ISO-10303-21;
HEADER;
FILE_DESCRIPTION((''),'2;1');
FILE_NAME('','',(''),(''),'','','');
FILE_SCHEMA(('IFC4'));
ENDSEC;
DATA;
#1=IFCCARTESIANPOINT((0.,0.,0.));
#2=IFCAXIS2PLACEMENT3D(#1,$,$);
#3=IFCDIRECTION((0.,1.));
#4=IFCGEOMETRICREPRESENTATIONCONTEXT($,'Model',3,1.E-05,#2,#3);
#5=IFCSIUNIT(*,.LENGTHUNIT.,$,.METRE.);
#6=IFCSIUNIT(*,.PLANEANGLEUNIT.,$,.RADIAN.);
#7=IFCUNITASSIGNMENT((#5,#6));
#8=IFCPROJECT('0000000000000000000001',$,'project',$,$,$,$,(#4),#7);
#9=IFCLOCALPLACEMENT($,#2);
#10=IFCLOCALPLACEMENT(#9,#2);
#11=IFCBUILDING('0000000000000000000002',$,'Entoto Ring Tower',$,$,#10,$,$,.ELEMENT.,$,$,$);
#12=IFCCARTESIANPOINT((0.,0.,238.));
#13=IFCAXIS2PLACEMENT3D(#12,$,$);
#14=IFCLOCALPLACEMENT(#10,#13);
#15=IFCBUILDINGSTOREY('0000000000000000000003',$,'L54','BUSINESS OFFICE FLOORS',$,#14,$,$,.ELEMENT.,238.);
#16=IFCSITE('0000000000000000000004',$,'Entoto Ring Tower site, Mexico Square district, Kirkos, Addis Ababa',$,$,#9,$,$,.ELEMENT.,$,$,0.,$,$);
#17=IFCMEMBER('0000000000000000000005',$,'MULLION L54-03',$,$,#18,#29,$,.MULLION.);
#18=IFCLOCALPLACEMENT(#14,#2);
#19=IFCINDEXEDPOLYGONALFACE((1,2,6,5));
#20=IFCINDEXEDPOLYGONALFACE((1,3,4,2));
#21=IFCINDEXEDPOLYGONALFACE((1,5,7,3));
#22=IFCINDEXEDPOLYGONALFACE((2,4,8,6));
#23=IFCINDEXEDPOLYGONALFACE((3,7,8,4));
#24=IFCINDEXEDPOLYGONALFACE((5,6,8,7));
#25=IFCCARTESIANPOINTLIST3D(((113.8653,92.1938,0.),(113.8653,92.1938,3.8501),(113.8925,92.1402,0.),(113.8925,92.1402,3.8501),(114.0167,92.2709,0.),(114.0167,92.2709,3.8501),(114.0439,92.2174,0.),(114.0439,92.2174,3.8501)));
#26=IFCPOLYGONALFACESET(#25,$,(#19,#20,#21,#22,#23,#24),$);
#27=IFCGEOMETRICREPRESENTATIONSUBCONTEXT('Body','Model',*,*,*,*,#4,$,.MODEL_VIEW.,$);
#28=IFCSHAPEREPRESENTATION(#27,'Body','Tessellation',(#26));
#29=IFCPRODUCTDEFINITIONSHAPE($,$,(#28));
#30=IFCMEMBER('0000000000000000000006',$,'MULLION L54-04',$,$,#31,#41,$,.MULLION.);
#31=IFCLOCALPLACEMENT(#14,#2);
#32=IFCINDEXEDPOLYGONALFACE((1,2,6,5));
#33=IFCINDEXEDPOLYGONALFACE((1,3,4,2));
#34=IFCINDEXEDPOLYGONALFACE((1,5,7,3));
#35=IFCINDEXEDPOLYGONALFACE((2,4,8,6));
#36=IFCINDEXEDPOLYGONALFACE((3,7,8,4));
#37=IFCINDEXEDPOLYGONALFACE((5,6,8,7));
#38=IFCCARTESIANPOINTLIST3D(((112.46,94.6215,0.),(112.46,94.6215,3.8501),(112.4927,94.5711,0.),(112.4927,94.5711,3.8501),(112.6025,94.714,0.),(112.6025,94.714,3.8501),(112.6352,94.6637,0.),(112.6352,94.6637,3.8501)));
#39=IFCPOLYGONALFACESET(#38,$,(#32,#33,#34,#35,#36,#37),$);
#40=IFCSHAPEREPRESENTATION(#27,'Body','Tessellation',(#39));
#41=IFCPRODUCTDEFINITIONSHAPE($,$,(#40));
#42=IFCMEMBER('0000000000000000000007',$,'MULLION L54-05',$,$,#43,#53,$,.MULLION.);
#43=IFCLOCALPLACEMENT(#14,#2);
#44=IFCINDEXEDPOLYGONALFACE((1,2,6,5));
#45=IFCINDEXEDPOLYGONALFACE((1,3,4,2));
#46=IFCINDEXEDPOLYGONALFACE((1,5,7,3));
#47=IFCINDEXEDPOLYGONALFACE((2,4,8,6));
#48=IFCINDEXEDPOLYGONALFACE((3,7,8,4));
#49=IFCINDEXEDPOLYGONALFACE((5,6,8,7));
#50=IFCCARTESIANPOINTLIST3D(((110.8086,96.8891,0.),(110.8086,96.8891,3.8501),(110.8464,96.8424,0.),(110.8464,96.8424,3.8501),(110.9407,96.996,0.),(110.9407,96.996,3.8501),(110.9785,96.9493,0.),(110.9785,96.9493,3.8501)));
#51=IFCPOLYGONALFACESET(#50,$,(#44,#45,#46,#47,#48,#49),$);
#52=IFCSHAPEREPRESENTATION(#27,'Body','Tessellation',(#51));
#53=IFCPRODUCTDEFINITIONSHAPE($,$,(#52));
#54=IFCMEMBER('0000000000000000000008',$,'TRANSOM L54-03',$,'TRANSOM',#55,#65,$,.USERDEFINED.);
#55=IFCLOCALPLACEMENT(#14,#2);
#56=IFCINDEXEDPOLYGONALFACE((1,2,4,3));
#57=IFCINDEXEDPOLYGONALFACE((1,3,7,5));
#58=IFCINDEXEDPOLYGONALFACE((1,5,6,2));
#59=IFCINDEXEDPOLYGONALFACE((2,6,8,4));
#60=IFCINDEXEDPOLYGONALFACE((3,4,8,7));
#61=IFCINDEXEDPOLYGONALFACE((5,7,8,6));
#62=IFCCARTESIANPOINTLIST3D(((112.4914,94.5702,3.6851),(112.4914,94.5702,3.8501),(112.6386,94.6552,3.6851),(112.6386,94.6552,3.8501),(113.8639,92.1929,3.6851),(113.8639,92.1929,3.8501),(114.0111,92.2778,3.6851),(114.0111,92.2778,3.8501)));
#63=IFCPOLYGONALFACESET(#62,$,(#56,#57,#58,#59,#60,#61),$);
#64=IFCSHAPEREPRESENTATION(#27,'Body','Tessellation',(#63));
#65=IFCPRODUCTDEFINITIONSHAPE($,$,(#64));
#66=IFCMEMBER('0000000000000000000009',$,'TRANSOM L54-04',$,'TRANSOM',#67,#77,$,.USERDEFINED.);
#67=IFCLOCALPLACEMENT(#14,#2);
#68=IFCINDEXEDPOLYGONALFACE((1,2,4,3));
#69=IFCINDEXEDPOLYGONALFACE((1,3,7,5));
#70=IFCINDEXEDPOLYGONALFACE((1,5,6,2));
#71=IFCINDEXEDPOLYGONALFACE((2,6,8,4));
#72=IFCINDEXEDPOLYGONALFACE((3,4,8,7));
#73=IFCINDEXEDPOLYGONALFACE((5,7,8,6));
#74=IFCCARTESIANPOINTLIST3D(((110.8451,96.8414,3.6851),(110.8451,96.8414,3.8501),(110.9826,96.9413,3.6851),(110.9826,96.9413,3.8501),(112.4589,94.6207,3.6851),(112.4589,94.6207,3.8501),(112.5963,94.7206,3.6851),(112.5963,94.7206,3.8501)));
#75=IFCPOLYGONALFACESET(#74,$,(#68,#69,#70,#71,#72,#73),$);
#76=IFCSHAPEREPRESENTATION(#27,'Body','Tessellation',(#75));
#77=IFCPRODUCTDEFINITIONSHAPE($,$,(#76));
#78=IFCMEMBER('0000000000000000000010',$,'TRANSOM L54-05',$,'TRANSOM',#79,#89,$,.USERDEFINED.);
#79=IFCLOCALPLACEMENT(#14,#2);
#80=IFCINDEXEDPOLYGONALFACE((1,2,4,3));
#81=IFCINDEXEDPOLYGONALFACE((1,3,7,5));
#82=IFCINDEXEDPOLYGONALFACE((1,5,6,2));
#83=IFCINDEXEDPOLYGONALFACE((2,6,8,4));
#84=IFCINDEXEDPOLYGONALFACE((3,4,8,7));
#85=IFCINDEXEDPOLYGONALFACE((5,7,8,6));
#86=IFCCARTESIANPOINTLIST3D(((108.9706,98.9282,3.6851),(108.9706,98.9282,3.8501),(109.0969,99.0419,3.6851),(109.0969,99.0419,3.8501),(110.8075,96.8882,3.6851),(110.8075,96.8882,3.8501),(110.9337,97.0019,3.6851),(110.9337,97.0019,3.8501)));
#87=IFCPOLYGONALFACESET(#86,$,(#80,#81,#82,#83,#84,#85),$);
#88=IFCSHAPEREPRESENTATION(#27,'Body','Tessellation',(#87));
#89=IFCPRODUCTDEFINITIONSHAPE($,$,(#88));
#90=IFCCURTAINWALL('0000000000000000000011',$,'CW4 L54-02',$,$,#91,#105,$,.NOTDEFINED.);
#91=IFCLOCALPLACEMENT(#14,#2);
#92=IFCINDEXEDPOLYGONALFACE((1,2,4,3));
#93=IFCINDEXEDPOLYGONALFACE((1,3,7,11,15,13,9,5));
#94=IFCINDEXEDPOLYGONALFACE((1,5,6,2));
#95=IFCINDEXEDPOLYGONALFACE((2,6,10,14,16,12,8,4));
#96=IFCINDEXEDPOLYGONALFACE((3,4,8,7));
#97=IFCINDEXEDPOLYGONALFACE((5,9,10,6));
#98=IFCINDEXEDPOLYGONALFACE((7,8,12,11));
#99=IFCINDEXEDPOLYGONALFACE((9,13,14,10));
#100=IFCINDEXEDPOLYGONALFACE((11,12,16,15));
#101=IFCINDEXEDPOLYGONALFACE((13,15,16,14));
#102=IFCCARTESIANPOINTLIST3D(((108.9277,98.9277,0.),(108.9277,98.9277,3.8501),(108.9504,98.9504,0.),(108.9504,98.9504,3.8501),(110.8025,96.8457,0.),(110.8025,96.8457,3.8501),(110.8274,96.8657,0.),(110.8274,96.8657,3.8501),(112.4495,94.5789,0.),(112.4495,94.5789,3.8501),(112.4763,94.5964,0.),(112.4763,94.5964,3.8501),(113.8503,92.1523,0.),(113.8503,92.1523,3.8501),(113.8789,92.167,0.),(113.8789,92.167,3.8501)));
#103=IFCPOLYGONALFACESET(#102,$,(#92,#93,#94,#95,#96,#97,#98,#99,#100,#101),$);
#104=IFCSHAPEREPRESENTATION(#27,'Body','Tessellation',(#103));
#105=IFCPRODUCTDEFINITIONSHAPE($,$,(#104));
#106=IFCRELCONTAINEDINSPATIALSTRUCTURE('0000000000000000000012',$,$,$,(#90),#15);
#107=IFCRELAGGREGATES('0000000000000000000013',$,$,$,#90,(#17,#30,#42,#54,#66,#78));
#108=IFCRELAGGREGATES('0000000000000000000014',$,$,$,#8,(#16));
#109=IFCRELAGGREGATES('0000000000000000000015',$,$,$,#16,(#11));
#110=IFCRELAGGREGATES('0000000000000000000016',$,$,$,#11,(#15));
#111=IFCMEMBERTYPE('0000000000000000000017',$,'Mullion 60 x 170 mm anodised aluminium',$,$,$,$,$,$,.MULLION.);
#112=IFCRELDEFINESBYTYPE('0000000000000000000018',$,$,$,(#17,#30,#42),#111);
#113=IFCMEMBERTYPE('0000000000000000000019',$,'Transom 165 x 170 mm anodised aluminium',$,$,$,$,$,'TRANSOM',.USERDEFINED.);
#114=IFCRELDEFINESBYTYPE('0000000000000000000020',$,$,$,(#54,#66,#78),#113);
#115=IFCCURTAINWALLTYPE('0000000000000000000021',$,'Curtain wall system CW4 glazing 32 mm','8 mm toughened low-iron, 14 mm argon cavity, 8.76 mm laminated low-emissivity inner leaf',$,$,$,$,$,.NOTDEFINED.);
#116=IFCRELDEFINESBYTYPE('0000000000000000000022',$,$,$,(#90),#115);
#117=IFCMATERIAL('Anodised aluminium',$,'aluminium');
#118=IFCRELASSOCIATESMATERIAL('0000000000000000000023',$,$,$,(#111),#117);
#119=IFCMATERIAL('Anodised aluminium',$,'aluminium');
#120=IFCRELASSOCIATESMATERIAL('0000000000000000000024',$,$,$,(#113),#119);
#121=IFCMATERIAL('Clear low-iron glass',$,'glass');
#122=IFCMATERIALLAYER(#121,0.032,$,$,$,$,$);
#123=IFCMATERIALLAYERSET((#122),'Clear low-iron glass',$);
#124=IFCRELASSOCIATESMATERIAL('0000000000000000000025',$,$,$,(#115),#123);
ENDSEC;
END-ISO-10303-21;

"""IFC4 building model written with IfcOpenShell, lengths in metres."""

from ifc_helpers import new_model, si_unit, direction, frame, origin, origin_2d, place, context, subcontext, project, spatial, polyline, rectangle, outline, extrude, material, layer, layer_set, material_profile, profile_set, type_object, element, aggregate, save


model = new_model("IFC4")

# Units and contexts
model_context = context("Model", 3, precision=1e-05, world=origin(), true_north=direction((0.0, 1.0)))
body_context = subcontext(model_context, "Body", "Model", "MODEL_VIEW")
ifc_project = project(units=[si_unit("LENGTHUNIT", "METRE"), si_unit("PLANEANGLEUNIT", "RADIAN")], contexts=[model_context])

# Members
ifc_material_1 = material(Name="Anodised aluminium", Category="aluminium")
ifc_material_profile_1 = material_profile(ifc_material_1, rectangle(XDim=0.0601, YDim=0.1699, at=origin_2d()), Name="Mullion 60 x 170 mm anodised aluminium")
ifc_profile_set_1 = profile_set([ifc_material_profile_1], Name="Anodised aluminium")
member_type_1 = type_object("IfcMemberType", Name="Mullion 60 x 170 mm anodised aluminium", PredefinedType="MULLION", material=ifc_profile_set_1)
site_placement = place(None, origin())
building_placement = place(site_placement, origin())
storey_placement = place(building_placement, frame((0.0, 0.0, 238.0)))
member_1_placement = place(storey_placement, frame((113.9546, 92.2056, 0.0), z_axis=(0.0, 0.0, 1.0), x_axis=(-0.45399, 0.891007, 0.0)))
member_1 = element("IfcMember", 1, at=member_1_placement, type_object=member_type_1, Name="MULLION L54-03", PredefinedType="MULLION", context=body_context, shape_type="SweptSolid", body=[
    extrude(rectangle(XDim=0.0601, YDim=0.1699, at=origin_2d()), origin(), (0.0, 0.0, 1.0), 3.8501),
])
member_2_placement = place(storey_placement, frame((112.5476, 94.6426, 0.0), z_axis=(0.0, 0.0, 1.0), x_axis=(-0.544639, 0.838671, 0.0)))
member_2 = element("IfcMember", 2, at=member_2_placement, type_object=member_type_1, Name="MULLION L54-04", PredefinedType="MULLION", context=body_context, shape_type="SweptSolid", body=[
    extrude(rectangle(XDim=0.0601, YDim=0.1699, at=origin_2d()), origin(), (0.0, 0.0, 1.0), 3.8501),
])
member_3_placement = place(storey_placement, frame((110.8936, 96.9192, 0.0), z_axis=(0.0, 0.0, 1.0), x_axis=(-0.62932, 0.777146, 0.0)))
member_3 = element("IfcMember", 3, at=member_3_placement, type_object=member_type_1, Name="MULLION L54-05", PredefinedType="MULLION", context=body_context, shape_type="SweptSolid", body=[
    extrude(rectangle(XDim=0.0601, YDim=0.1699, at=origin_2d()), origin(), (0.0, 0.0, 1.0), 3.8501),
])
ifc_material_2 = material(Name="Anodised aluminium", Category="aluminium")
ifc_material_profile_2 = material_profile(ifc_material_2, rectangle(XDim=0.1699, YDim=0.165, at=origin_2d()), Name="Transom 165 x 170 mm anodised aluminium")
ifc_profile_set_2 = profile_set([ifc_material_profile_2], Name="Anodised aluminium")
member_type_2 = type_object("IfcMemberType", Name="Transom 165 x 170 mm anodised aluminium", ElementType="TRANSOM", PredefinedType="USERDEFINED", material=ifc_profile_set_2)
member_4_placement = place(storey_placement, frame((113.9375, 92.2354, 3.7676), z_axis=(-0.499984, 0.866035, 0.0), x_axis=(-0.866035, -0.499984, 0.0)))
member_4 = element("IfcMember", 4, at=member_4_placement, type_object=member_type_2, Name="TRANSOM L54-03", ObjectType="TRANSOM", PredefinedType="USERDEFINED", context=body_context, shape_type="SweptSolid", body=[
    extrude(rectangle(XDim=0.1699, YDim=0.165, at=origin_2d()), origin(), (0.0, 0.0, 1.0), 2.7451),
])
member_5_placement = place(storey_placement, frame((112.5276, 94.6707, 3.7676), z_axis=(-0.587865, 0.808959, 0.0), x_axis=(-0.808959, -0.587865, 0.0)))
member_5 = element("IfcMember", 5, at=member_5_placement, type_object=member_type_2, Name="TRANSOM L54-04", ObjectType="TRANSOM", PredefinedType="USERDEFINED", context=body_context, shape_type="SweptSolid", body=[
    extrude(rectangle(XDim=0.1699, YDim=0.165, at=origin_2d()), origin(), (0.0, 0.0, 1.0), 2.7451),
])
member_6_placement = place(storey_placement, frame((110.8706, 96.9451, 3.7676), z_axis=(-0.669142, 0.743135, 0.0), x_axis=(-0.743135, -0.669142, 0.0)))
member_6 = element("IfcMember", 6, at=member_6_placement, type_object=member_type_2, Name="TRANSOM L54-05", ObjectType="TRANSOM", PredefinedType="USERDEFINED", context=body_context, shape_type="SweptSolid", body=[
    extrude(rectangle(XDim=0.1699, YDim=0.165, at=origin_2d()), origin(), (0.0, 0.0, 1.0), 2.7451),
])

# Site, building, storey
site = spatial("IfcSite", under=ifc_project, at=site_placement, Name="Entoto Ring Tower site, Mexico Square district, Kirkos, Addis Ababa", CompositionType="ELEMENT", RefElevation=0.0)
building = spatial("IfcBuilding", under=site, at=building_placement, Name="Entoto Ring Tower", CompositionType="ELEMENT")
storey = spatial("IfcBuildingStorey", under=building, at=storey_placement, Name="L54", Description="BUSINESS OFFICE FLOORS", CompositionType="ELEMENT", Elevation=238.0)

# Curtain wall
ifc_material_3 = material(Name="Clear low-iron glass", Category="glass")
ifc_layer_1 = layer(ifc_material_3, 0.032)
ifc_layer_set_1 = layer_set([ifc_layer_1], Name="Clear low-iron glass")
curtain_wall_type = type_object("IfcCurtainWallType", Name="Curtain wall system CW4 glazing 32 mm", Description="8 mm toughened low-iron, 14 mm argon cavity, 8.76 mm laminated low-emissivity inner leaf", PredefinedType="NOTDEFINED", material=ifc_layer_set_1)
curtain_wall_1_placement = place(storey_placement, origin())
curtain_wall_1 = element("IfcCurtainWall", 7, at=curtain_wall_1_placement, inside=storey, type_object=curtain_wall_type, Name="CW4 L54-02", PredefinedType="NOTDEFINED", context=body_context, shape_type="SweptSolid", body=[
    extrude(outline(polyline([(113.8789, 92.167), (112.4763, 94.5964), (110.8274, 96.8657), (108.9504, 98.9504), (108.9277, 98.9277), (110.8025, 96.8457), (112.4495, 94.5789), (113.8503, 92.1523), (113.8789, 92.167)])), origin(), (0.0, 0.0, 1.0), 3.8501),
])
aggregate(curtain_wall_1, [member_1, member_2, member_3, member_4, member_5, member_6])

save(model, "model.ifc")
